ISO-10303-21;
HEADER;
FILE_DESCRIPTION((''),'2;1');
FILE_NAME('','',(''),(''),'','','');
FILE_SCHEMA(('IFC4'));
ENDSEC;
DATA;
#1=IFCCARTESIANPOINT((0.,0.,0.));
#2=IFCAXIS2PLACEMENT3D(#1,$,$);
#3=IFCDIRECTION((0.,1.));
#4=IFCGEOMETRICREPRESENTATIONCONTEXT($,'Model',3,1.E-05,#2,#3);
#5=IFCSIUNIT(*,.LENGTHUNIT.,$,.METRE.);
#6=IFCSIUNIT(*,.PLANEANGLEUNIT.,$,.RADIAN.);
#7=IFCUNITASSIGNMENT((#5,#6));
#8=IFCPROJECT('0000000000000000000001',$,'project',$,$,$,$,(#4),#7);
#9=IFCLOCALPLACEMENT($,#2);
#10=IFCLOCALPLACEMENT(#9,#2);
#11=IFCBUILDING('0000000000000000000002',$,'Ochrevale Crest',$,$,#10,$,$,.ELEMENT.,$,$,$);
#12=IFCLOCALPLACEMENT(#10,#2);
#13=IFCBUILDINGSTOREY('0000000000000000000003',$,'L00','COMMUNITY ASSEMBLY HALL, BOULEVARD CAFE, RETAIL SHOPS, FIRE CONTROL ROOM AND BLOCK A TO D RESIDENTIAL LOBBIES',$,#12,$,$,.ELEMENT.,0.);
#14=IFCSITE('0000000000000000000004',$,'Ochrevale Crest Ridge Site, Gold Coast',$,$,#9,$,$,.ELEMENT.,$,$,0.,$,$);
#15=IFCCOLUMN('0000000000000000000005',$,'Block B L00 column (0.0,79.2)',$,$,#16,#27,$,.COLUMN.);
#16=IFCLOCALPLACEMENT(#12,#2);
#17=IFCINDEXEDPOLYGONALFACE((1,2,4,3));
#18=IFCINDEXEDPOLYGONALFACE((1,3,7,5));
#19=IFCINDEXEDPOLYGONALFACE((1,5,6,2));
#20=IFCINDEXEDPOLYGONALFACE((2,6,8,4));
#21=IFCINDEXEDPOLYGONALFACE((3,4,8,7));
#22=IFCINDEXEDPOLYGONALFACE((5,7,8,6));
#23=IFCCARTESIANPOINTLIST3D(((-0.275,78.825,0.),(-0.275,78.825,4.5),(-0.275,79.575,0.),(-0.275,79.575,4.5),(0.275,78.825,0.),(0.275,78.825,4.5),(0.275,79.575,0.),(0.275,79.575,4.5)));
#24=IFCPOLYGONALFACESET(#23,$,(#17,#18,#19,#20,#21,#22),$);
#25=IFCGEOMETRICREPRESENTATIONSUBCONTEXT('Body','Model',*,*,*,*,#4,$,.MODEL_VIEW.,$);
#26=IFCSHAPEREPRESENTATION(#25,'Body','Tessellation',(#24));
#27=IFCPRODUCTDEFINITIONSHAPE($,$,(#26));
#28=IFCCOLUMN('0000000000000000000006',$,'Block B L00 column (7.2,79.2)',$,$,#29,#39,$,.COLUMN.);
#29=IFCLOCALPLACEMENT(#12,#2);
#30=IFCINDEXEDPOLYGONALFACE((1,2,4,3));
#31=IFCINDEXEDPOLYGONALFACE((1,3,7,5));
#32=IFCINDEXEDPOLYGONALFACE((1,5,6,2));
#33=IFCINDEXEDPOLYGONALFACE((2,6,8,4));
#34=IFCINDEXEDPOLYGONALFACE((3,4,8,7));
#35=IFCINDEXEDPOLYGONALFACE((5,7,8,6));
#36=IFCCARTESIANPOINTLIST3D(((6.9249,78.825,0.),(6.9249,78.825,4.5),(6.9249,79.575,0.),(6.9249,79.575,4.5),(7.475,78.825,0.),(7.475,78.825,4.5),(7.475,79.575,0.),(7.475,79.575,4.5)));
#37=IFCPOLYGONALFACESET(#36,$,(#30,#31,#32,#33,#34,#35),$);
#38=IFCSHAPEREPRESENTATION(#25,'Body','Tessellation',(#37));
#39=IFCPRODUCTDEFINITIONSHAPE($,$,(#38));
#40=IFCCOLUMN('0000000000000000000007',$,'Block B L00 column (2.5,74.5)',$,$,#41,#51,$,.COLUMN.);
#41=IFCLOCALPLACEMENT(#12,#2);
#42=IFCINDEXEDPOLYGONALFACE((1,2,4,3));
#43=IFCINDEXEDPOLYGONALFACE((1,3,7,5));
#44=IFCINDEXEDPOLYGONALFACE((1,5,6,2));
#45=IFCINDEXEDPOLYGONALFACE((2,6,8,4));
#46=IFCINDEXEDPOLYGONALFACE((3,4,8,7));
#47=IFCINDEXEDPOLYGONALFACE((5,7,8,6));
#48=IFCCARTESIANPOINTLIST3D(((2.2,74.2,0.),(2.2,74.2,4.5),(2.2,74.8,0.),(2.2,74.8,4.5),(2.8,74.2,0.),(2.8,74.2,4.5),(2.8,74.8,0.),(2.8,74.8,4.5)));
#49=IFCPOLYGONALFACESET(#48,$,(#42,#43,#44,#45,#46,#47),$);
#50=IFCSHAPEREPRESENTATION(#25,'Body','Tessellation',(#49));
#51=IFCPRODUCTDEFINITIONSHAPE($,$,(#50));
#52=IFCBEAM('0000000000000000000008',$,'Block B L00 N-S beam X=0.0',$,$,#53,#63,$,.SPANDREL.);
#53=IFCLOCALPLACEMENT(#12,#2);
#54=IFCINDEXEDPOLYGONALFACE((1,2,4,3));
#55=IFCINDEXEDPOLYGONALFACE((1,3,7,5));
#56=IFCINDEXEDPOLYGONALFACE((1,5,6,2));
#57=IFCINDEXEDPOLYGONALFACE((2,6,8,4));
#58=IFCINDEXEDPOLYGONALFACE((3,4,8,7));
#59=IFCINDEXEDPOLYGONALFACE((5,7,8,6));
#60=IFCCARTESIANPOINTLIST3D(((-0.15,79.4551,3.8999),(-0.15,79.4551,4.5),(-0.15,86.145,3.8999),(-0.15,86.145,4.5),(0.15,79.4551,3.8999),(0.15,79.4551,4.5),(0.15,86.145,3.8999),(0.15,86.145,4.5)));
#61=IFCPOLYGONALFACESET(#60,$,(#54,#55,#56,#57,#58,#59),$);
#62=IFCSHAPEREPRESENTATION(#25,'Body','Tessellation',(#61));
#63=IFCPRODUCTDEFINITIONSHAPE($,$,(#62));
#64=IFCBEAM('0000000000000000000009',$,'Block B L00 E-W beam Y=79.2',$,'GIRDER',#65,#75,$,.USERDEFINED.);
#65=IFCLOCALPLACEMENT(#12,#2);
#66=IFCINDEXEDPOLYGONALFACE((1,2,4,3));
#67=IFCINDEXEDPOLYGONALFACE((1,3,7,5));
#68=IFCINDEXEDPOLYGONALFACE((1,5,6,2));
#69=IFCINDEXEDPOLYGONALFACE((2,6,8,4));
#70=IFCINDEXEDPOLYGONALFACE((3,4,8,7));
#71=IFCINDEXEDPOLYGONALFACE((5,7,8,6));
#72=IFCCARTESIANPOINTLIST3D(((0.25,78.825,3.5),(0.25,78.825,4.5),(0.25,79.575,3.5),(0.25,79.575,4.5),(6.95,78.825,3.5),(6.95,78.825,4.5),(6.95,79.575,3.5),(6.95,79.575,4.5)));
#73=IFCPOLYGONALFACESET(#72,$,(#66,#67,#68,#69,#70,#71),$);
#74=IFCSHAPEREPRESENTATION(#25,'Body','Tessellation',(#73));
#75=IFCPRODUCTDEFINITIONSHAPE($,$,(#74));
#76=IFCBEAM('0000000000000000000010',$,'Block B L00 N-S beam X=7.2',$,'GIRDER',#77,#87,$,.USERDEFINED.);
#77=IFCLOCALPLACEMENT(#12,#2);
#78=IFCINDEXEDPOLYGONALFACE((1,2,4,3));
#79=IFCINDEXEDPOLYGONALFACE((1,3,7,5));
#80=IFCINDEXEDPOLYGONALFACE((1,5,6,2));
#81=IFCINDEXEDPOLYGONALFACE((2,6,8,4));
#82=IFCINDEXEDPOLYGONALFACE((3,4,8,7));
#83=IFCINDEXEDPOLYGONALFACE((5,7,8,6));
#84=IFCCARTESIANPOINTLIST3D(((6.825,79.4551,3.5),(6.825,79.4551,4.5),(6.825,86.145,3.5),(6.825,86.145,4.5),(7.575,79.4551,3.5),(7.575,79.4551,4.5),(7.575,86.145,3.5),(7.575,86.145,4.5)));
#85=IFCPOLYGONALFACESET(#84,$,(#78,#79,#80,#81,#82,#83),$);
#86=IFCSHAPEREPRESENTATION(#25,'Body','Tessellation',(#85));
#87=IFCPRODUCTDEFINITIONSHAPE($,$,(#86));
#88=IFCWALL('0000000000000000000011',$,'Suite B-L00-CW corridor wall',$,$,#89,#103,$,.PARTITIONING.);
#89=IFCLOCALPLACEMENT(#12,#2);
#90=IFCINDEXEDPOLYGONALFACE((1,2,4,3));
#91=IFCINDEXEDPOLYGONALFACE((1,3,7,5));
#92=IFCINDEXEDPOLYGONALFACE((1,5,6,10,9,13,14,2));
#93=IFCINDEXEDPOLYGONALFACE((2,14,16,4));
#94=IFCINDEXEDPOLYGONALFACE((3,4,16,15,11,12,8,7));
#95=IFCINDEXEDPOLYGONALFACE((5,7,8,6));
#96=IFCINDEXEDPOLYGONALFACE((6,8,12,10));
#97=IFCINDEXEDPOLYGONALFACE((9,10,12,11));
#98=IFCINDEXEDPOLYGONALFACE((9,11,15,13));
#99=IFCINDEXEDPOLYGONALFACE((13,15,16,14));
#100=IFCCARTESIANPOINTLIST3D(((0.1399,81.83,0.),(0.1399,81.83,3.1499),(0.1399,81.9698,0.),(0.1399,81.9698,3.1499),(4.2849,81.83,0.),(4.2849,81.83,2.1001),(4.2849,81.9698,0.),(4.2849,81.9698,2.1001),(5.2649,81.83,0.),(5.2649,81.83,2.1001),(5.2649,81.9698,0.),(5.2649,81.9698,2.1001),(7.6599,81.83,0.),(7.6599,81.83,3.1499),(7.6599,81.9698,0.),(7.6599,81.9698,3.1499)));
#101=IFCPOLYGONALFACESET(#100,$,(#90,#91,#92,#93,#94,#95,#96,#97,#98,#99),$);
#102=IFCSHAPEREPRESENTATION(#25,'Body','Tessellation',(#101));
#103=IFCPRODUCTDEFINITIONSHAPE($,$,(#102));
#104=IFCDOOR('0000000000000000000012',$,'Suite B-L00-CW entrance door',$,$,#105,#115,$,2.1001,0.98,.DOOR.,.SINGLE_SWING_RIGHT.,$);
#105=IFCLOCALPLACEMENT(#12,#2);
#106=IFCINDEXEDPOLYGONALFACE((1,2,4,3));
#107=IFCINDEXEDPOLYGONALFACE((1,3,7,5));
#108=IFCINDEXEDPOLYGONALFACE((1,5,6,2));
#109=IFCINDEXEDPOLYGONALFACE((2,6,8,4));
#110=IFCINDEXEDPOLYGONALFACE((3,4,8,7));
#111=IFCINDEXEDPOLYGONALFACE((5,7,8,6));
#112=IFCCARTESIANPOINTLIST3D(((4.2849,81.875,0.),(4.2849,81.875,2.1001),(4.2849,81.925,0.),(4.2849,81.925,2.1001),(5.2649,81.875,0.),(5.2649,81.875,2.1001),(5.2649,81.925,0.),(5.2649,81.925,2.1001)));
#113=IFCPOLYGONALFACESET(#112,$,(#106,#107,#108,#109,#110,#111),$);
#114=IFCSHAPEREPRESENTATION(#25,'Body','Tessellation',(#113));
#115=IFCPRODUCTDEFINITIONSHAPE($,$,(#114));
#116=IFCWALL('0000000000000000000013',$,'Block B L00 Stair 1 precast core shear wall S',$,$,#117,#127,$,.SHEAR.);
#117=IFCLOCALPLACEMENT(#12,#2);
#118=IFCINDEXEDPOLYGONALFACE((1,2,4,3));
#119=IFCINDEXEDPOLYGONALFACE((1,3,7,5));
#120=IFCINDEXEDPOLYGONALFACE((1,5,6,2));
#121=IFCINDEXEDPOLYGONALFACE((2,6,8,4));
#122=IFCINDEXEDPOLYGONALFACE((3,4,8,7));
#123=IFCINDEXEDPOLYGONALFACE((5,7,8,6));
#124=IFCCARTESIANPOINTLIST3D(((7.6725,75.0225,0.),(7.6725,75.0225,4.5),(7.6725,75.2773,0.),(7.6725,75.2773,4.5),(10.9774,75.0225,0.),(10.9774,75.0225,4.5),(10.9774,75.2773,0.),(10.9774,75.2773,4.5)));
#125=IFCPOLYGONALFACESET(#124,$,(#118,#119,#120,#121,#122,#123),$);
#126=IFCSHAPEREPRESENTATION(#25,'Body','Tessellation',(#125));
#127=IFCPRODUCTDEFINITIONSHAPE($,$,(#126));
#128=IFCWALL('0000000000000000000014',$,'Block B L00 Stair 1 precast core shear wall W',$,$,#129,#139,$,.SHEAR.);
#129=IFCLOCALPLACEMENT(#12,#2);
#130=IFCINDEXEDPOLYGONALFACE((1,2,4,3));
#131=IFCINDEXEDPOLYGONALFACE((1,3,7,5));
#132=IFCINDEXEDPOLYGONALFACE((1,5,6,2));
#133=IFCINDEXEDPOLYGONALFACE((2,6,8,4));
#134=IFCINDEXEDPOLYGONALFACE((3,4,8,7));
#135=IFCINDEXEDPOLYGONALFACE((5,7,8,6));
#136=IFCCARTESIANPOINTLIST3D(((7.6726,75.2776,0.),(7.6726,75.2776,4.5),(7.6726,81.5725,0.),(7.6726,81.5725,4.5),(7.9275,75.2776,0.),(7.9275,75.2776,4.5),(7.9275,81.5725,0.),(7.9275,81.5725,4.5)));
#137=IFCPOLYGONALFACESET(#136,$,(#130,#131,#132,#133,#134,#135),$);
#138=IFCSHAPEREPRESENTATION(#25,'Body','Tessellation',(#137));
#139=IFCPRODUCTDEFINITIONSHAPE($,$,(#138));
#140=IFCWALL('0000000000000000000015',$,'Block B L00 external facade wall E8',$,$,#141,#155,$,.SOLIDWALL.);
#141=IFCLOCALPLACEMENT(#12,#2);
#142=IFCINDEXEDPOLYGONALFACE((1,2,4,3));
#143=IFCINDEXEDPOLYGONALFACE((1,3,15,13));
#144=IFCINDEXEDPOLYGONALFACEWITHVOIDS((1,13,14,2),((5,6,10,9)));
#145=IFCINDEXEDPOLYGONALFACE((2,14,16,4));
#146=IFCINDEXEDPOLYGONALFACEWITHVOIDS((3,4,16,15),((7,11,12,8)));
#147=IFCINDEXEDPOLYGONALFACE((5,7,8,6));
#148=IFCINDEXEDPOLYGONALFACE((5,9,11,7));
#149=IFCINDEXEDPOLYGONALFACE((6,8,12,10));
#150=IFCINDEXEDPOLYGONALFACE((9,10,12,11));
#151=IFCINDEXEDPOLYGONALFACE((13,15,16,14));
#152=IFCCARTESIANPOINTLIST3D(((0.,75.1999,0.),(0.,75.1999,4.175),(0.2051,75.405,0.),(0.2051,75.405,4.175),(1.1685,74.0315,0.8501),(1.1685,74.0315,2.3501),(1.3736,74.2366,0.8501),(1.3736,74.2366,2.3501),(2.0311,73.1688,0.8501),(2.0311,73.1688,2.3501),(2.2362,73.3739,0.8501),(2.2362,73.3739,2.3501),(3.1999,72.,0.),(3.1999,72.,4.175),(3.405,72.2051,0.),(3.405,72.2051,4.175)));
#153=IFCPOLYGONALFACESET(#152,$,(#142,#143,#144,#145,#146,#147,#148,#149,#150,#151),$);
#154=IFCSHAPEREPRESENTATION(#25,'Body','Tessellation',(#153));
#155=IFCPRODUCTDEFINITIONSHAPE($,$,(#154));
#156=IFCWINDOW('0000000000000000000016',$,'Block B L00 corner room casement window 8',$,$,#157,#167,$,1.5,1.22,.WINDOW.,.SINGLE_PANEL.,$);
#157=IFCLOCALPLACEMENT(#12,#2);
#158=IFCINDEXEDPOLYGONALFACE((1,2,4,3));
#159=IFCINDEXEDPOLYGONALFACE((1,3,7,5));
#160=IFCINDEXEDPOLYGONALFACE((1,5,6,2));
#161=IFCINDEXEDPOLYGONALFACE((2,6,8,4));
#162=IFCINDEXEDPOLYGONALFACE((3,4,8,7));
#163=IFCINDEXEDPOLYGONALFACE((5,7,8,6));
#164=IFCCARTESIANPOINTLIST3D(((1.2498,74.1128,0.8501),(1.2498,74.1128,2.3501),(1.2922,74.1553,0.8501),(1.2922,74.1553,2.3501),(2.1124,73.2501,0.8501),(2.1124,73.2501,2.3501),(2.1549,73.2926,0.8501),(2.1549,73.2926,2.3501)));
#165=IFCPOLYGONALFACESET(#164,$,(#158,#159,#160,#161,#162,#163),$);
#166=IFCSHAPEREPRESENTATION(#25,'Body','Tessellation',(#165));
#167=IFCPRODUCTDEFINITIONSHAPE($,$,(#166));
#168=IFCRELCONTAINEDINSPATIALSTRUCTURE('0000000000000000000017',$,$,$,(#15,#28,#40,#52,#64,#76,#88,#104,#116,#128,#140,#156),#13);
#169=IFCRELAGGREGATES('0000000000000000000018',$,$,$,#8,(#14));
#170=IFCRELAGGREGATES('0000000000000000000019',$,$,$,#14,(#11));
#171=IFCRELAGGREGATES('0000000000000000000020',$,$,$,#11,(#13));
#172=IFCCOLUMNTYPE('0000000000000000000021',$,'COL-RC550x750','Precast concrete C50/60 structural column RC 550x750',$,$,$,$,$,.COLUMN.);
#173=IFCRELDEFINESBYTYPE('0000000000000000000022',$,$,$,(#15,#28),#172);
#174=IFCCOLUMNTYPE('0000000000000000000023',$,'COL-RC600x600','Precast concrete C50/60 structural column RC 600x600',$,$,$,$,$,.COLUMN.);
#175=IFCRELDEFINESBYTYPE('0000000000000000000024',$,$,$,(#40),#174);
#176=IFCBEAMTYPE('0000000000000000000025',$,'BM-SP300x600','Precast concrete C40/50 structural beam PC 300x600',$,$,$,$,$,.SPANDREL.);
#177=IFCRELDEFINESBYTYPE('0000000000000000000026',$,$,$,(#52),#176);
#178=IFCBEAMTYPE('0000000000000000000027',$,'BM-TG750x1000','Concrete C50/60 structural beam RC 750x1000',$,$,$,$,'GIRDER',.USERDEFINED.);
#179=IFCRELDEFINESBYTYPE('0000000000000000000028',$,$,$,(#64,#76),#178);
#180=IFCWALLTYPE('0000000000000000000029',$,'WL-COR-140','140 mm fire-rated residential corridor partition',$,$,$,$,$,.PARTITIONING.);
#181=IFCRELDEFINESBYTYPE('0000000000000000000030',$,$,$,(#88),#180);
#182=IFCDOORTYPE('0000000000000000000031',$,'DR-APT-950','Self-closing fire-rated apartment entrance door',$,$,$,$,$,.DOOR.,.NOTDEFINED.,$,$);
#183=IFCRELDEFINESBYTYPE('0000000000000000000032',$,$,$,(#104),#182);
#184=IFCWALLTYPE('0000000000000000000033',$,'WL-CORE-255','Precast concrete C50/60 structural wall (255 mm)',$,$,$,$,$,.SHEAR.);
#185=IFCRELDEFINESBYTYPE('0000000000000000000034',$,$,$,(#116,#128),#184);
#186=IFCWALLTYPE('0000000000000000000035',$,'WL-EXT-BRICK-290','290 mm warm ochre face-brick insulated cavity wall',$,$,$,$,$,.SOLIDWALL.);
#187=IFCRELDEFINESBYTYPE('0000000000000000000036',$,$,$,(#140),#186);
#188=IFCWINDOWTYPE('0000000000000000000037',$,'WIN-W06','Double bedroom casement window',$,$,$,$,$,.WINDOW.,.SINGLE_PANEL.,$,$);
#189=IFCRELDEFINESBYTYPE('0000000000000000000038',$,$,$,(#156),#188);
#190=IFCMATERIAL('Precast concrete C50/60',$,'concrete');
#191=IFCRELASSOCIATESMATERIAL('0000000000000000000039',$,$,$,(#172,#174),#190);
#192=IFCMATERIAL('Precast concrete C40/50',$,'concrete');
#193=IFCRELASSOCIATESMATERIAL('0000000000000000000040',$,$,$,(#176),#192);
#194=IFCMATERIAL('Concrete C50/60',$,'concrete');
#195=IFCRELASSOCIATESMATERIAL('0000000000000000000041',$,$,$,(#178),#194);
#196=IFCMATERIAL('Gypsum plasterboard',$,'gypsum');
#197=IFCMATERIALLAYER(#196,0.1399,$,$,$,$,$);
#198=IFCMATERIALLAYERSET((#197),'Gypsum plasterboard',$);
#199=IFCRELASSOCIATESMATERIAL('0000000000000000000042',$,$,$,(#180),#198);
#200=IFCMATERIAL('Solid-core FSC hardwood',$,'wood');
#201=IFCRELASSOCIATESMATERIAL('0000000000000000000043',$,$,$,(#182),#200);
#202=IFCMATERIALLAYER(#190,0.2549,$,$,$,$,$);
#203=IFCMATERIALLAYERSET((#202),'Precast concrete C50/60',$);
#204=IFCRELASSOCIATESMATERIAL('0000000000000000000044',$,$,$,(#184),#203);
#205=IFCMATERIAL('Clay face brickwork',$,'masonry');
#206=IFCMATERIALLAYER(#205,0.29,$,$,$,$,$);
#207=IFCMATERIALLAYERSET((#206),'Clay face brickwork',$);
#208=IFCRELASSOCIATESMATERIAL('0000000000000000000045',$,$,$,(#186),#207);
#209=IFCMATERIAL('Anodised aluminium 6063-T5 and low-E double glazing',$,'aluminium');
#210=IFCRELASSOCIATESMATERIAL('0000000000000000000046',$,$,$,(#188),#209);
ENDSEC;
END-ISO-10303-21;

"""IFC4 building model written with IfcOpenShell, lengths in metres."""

from ifc_helpers import new_model, si_unit, direction, frame, frame_2d, origin, origin_2d, place, context, subcontext, project, spatial, rectangle, extrude, material, layer, layer_set, material_profile, profile_set, type_object, element, fill, save


model = new_model("IFC4")

# Units and contexts
model_context = context("Model", 3, precision=1e-05, world=origin(), true_north=direction((0.0, 1.0)))
body_context = subcontext(model_context, "Body", "Model", "MODEL_VIEW")
ifc_project = project(units=[si_unit("LENGTHUNIT", "METRE"), si_unit("PLANEANGLEUNIT", "RADIAN")], contexts=[model_context])

# Site, building, storey
site_placement = place(None, origin())
site = spatial("IfcSite", under=ifc_project, at=site_placement, Name="Ochrevale Crest Ridge Site, Gold Coast", CompositionType="ELEMENT", RefElevation=0.0)
building_placement = place(site_placement, origin())
building = spatial("IfcBuilding", under=site, at=building_placement, Name="Ochrevale Crest", CompositionType="ELEMENT")
storey_placement = place(building_placement, origin())
storey = spatial("IfcBuildingStorey", under=building, at=storey_placement, Name="L00", Description="COMMUNITY ASSEMBLY HALL, BOULEVARD CAFE, RETAIL SHOPS, FIRE CONTROL ROOM AND BLOCK A TO D RESIDENTIAL LOBBIES", CompositionType="ELEMENT", Elevation=0.0)

# Columns
ifc_material_1 = material(Name="Precast concrete C50/60", Category="concrete")
ifc_material_profile_1 = material_profile(ifc_material_1, rectangle(XDim=0.55, YDim=0.75, at=origin_2d()), Name="RC 550x750")
ifc_profile_set_1 = profile_set([ifc_material_profile_1], Name="Precast concrete C50/60")
column_type_1 = type_object("IfcColumnType", Name="COL-RC550x750", Description="Precast concrete C50/60 structural column RC 550x750", PredefinedType="COLUMN", material=ifc_profile_set_1)
for number, where, z_axis, x_axis, name in (
    (1, (0.0, 79.2, 0.0), (0.0, 0.0, 1.0), (1.0, 0.0, 0.0), "Block B L00 column (0.0,79.2)"),
    (2, (7.2, 79.2, 0.0), (0.0, 0.0, 1.0), (1.0, 0.0, 0.0), "Block B L00 column (7.2,79.2)"),
):
    element("IfcColumn", number, at=place(storey_placement, frame(where, z_axis=z_axis, x_axis=x_axis)), inside=storey, type_object=column_type_1, Name=name, PredefinedType="COLUMN", context=body_context, shape_type="SweptSolid", body=[
        extrude(rectangle(XDim=0.55, YDim=0.75, at=origin_2d()), origin(), (0.0, 0.0, 1.0), 4.5),
    ])
ifc_material_profile_2 = material_profile(ifc_material_1, rectangle(XDim=0.6001, YDim=0.6001, at=origin_2d()), Name="RC 600x600")
ifc_profile_set_2 = profile_set([ifc_material_profile_2], Name="Precast concrete C50/60")
column_type_2 = type_object("IfcColumnType", Name="COL-RC600x600", Description="Precast concrete C50/60 structural column RC 600x600", PredefinedType="COLUMN", material=ifc_profile_set_2)
column_placement = place(storey_placement, frame((2.5, 74.5, 0.0), z_axis=(0.0, 0.0, 1.0), x_axis=(1.0, 0.0, 0.0)))
element("IfcColumn", 3, at=column_placement, inside=storey, type_object=column_type_2, Name="Block B L00 column (2.5,74.5)", PredefinedType="COLUMN", context=body_context, shape_type="SweptSolid", body=[
    extrude(rectangle(XDim=0.6001, YDim=0.6001, at=origin_2d()), origin(), (0.0, 0.0, 1.0), 4.5),
])

# Beams
ifc_material_2 = material(Name="Precast concrete C40/50", Category="concrete")
ifc_material_profile_3 = material_profile(ifc_material_2, rectangle(XDim=0.3, YDim=0.6001, at=origin_2d()), Name="PC 300x600")
ifc_profile_set_3 = profile_set([ifc_material_profile_3], Name="Precast concrete C40/50")
beam_type_1 = type_object("IfcBeamType", Name="BM-SP300x600", Description="Precast concrete C40/50 structural beam PC 300x600", PredefinedType="SPANDREL", material=ifc_profile_set_3)
beam_1_placement = place(storey_placement, frame((0.0, 79.4551, 4.2), z_axis=(0.0, 1.0, 0.0), x_axis=(-1.0, 0.0, 0.0)))
element("IfcBeam", 4, at=beam_1_placement, inside=storey, type_object=beam_type_1, Name="Block B L00 N-S beam X=0.0", PredefinedType="SPANDREL", context=body_context, shape_type="SweptSolid", body=[
    extrude(rectangle(XDim=0.3, YDim=0.6001, at=origin_2d()), origin(), (0.0, 0.0, 1.0), 6.6899),
])
ifc_material_3 = material(Name="Concrete C50/60", Category="concrete")
ifc_material_profile_4 = material_profile(ifc_material_3, rectangle(XDim=0.75, YDim=1.0, at=origin_2d()), Name="RC 750x1000")
ifc_profile_set_4 = profile_set([ifc_material_profile_4], Name="Concrete C50/60")
beam_type_2 = type_object("IfcBeamType", Name="BM-TG750x1000", Description="Concrete C50/60 structural beam RC 750x1000", ElementType="GIRDER", PredefinedType="USERDEFINED", material=ifc_profile_set_4)
beam_2_placement = place(storey_placement, frame((0.25, 79.2, 4.0), z_axis=(1.0, 0.0, 0.0), x_axis=(0.0, 1.0, 0.0)))
element("IfcBeam", 5, at=beam_2_placement, inside=storey, type_object=beam_type_2, Name="Block B L00 E-W beam Y=79.2", ObjectType="GIRDER", PredefinedType="USERDEFINED", context=body_context, shape_type="SweptSolid", body=[
    extrude(rectangle(XDim=0.75, YDim=1.0, at=origin_2d()), origin(), (0.0, 0.0, 1.0), 6.7),
])
beam_3_placement = place(storey_placement, frame((7.2, 79.4551, 4.0), z_axis=(0.0, 1.0, 0.0), x_axis=(-1.0, 0.0, 0.0)))
element("IfcBeam", 6, at=beam_3_placement, inside=storey, type_object=beam_type_2, Name="Block B L00 N-S beam X=7.2", ObjectType="GIRDER", PredefinedType="USERDEFINED", context=body_context, shape_type="SweptSolid", body=[
    extrude(rectangle(XDim=0.75, YDim=1.0, at=origin_2d()), origin(), (0.0, 0.0, 1.0), 6.6899),
])

# Wall, opening, door
ifc_material_4 = material(Name="Gypsum plasterboard", Category="gypsum")
ifc_layer_1 = layer(ifc_material_4, 0.1399)
ifc_layer_set_1 = layer_set([ifc_layer_1], Name="Gypsum plasterboard")
wall_type_1 = type_object("IfcWallType", Name="WL-COR-140", Description="140 mm fire-rated residential corridor partition", PredefinedType="PARTITIONING", material=ifc_layer_set_1)
wall_1_placement = place(storey_placement, frame((0.1399, 81.8999, 0.0), z_axis=(0.0, 0.0, 1.0), x_axis=(1.0, 0.0, 0.0)))
wall_1 = element("IfcWall", 7, at=wall_1_placement, inside=storey, type_object=wall_type_1, Name="Suite B-L00-CW corridor wall", PredefinedType="PARTITIONING", context=body_context, shape_type="SweptSolid", body=[
    extrude(rectangle(XDim=7.52, YDim=0.1399, at=frame_2d((3.76, 0.0))), origin(), (0.0, 0.0, 1.0), 3.1499),
])
opening_1_placement = place(wall_1_placement, frame((5.125, 0.0, 0.0), z_axis=(0.0, 0.0, 1.0), x_axis=(-1.0, 0.0, 0.0)))
opening_1 = element("IfcOpeningElement", 8, at=opening_1_placement, cuts=wall_1, PredefinedType="OPENING", context=body_context, shape_type="SweptSolid", body=[
    extrude(rectangle(XDim=0.98, YDim=2.1001, at=frame_2d((0.49, 1.05))), frame((0.0, 0.0801, 0.0), z_axis=(0.0, -1.0, 0.0), x_axis=(1.0, 0.0, 0.0)), (0.0, 0.0, 1.0), 0.1599),
])
ifc_material_5 = material(Name="Solid-core FSC hardwood", Category="wood")
door_type_1 = type_object("IfcDoorType", Name="DR-APT-950", Description="Self-closing fire-rated apartment entrance door", OperationType="NOTDEFINED", PredefinedType="DOOR", material=ifc_material_5)
door_1_placement = place(opening_1_placement, origin())
door_1 = element("IfcDoor", 9, at=door_1_placement, inside=storey, type_object=door_type_1, Name="Suite B-L00-CW entrance door", OperationType="SINGLE_SWING_RIGHT", OverallHeight=2.1001, OverallWidth=0.98, PredefinedType="DOOR", context=body_context, shape_type="SweptSolid", body=[
    extrude(rectangle(XDim=0.98, YDim=2.1001, at=frame_2d((0.49, 1.05))), frame((0.0, 0.0249, 0.0), z_axis=(0.0, -1.0, 0.0), x_axis=(1.0, 0.0, 0.0)), (0.0, 0.0, 1.0), 0.05),
])
fill(opening_1, door_1)

# Wall
ifc_layer_2 = layer(ifc_material_1, 0.2549)
ifc_layer_set_2 = layer_set([ifc_layer_2], Name="Precast concrete C50/60")
wall_type_2 = type_object("IfcWallType", Name="WL-CORE-255", Description="Precast concrete C50/60 structural wall (255 mm)", PredefinedType="SHEAR", material=ifc_layer_set_2)
wall_2_placement = place(storey_placement, frame((7.6726, 75.1499, 0.0), z_axis=(0.0, 0.0, 1.0), x_axis=(1.0, 0.0, 0.0)))
element("IfcWall", 10, at=wall_2_placement, inside=storey, type_object=wall_type_2, Name="Block B L00 Stair 1 precast core shear wall S", PredefinedType="SHEAR", context=body_context, shape_type="SweptSolid", body=[
    extrude(rectangle(XDim=3.3049, YDim=0.2549, at=frame_2d((1.6523, 0.0))), origin(), (0.0, 0.0, 1.0), 4.5),
])

# Wall
wall_3_placement = place(storey_placement, frame((7.8, 75.2776, 0.0), z_axis=(0.0, 0.0, 1.0), x_axis=(0.0, 1.0, 0.0)))
element("IfcWall", 11, at=wall_3_placement, inside=storey, type_object=wall_type_2, Name="Block B L00 Stair 1 precast core shear wall W", PredefinedType="SHEAR", context=body_context, shape_type="SweptSolid", body=[
    extrude(rectangle(XDim=6.2949, YDim=0.2549, at=frame_2d((3.1475, 0.0))), origin(), (0.0, 0.0, 1.0), 4.5),
])

# Wall, opening, window
ifc_material_6 = material(Name="Clay face brickwork", Category="masonry")
ifc_layer_3 = layer(ifc_material_6, 0.29)
ifc_layer_set_3 = layer_set([ifc_layer_3], Name="Clay face brickwork")
wall_type_3 = type_object("IfcWallType", Name="WL-EXT-BRICK-290", Description="290 mm warm ochre face-brick insulated cavity wall", PredefinedType="SOLIDWALL", material=ifc_layer_set_3)
wall_4_placement = place(storey_placement, frame((0.1025, 75.3025, 0.0), z_axis=(0.0, 0.0, 1.0), x_axis=(0.707107, -0.707107, 0.0)))
wall_4 = element("IfcWall", 12, at=wall_4_placement, inside=storey, type_object=wall_type_3, Name="Block B L00 external facade wall E8", PredefinedType="SOLIDWALL", context=body_context, shape_type="SweptSolid", body=[
    extrude(rectangle(XDim=4.5254, YDim=0.29, at=frame_2d((2.2627, 0.0))), origin(), (0.0, 0.0, 1.0), 4.175),
])
opening_2_placement = place(wall_4_placement, frame((1.6526, 0.0, 0.8501)))
opening_2 = element("IfcOpeningElement", 13, at=opening_2_placement, cuts=wall_4, PredefinedType="OPENING", context=body_context, shape_type="SweptSolid", body=[
    extrude(rectangle(XDim=1.22, YDim=1.5, at=frame_2d((0.6099, 0.75))), frame((0.0, 0.155, 0.0), z_axis=(0.0, -1.0, 0.0), x_axis=(1.0, 0.0, 0.0)), (0.0, 0.0, 1.0), 0.3101),
])
ifc_material_7 = material(Name="Anodised aluminium 6063-T5 and low-E double glazing", Category="aluminium")
window_type = type_object("IfcWindowType", Name="WIN-W06", Description="Double bedroom casement window", PartitioningType="SINGLE_PANEL", PredefinedType="WINDOW", material=ifc_material_7)
window_placement = place(opening_2_placement, origin())
window = element("IfcWindow", 14, at=window_placement, inside=storey, type_object=window_type, Name="Block B L00 corner room casement window 8", OverallHeight=1.5, OverallWidth=1.22, PartitioningType="SINGLE_PANEL", PredefinedType="WINDOW", context=body_context, shape_type="SweptSolid", body=[
    extrude(rectangle(XDim=1.22, YDim=1.5, at=frame_2d((0.6099, 0.75))), frame((0.0, 0.03, 0.0), z_axis=(0.0, -1.0, 0.0), x_axis=(1.0, 0.0, 0.0)), (0.0, 0.0, 1.0), 0.0601),
])
fill(opening_2, window)

save(model, "model.ifc")
